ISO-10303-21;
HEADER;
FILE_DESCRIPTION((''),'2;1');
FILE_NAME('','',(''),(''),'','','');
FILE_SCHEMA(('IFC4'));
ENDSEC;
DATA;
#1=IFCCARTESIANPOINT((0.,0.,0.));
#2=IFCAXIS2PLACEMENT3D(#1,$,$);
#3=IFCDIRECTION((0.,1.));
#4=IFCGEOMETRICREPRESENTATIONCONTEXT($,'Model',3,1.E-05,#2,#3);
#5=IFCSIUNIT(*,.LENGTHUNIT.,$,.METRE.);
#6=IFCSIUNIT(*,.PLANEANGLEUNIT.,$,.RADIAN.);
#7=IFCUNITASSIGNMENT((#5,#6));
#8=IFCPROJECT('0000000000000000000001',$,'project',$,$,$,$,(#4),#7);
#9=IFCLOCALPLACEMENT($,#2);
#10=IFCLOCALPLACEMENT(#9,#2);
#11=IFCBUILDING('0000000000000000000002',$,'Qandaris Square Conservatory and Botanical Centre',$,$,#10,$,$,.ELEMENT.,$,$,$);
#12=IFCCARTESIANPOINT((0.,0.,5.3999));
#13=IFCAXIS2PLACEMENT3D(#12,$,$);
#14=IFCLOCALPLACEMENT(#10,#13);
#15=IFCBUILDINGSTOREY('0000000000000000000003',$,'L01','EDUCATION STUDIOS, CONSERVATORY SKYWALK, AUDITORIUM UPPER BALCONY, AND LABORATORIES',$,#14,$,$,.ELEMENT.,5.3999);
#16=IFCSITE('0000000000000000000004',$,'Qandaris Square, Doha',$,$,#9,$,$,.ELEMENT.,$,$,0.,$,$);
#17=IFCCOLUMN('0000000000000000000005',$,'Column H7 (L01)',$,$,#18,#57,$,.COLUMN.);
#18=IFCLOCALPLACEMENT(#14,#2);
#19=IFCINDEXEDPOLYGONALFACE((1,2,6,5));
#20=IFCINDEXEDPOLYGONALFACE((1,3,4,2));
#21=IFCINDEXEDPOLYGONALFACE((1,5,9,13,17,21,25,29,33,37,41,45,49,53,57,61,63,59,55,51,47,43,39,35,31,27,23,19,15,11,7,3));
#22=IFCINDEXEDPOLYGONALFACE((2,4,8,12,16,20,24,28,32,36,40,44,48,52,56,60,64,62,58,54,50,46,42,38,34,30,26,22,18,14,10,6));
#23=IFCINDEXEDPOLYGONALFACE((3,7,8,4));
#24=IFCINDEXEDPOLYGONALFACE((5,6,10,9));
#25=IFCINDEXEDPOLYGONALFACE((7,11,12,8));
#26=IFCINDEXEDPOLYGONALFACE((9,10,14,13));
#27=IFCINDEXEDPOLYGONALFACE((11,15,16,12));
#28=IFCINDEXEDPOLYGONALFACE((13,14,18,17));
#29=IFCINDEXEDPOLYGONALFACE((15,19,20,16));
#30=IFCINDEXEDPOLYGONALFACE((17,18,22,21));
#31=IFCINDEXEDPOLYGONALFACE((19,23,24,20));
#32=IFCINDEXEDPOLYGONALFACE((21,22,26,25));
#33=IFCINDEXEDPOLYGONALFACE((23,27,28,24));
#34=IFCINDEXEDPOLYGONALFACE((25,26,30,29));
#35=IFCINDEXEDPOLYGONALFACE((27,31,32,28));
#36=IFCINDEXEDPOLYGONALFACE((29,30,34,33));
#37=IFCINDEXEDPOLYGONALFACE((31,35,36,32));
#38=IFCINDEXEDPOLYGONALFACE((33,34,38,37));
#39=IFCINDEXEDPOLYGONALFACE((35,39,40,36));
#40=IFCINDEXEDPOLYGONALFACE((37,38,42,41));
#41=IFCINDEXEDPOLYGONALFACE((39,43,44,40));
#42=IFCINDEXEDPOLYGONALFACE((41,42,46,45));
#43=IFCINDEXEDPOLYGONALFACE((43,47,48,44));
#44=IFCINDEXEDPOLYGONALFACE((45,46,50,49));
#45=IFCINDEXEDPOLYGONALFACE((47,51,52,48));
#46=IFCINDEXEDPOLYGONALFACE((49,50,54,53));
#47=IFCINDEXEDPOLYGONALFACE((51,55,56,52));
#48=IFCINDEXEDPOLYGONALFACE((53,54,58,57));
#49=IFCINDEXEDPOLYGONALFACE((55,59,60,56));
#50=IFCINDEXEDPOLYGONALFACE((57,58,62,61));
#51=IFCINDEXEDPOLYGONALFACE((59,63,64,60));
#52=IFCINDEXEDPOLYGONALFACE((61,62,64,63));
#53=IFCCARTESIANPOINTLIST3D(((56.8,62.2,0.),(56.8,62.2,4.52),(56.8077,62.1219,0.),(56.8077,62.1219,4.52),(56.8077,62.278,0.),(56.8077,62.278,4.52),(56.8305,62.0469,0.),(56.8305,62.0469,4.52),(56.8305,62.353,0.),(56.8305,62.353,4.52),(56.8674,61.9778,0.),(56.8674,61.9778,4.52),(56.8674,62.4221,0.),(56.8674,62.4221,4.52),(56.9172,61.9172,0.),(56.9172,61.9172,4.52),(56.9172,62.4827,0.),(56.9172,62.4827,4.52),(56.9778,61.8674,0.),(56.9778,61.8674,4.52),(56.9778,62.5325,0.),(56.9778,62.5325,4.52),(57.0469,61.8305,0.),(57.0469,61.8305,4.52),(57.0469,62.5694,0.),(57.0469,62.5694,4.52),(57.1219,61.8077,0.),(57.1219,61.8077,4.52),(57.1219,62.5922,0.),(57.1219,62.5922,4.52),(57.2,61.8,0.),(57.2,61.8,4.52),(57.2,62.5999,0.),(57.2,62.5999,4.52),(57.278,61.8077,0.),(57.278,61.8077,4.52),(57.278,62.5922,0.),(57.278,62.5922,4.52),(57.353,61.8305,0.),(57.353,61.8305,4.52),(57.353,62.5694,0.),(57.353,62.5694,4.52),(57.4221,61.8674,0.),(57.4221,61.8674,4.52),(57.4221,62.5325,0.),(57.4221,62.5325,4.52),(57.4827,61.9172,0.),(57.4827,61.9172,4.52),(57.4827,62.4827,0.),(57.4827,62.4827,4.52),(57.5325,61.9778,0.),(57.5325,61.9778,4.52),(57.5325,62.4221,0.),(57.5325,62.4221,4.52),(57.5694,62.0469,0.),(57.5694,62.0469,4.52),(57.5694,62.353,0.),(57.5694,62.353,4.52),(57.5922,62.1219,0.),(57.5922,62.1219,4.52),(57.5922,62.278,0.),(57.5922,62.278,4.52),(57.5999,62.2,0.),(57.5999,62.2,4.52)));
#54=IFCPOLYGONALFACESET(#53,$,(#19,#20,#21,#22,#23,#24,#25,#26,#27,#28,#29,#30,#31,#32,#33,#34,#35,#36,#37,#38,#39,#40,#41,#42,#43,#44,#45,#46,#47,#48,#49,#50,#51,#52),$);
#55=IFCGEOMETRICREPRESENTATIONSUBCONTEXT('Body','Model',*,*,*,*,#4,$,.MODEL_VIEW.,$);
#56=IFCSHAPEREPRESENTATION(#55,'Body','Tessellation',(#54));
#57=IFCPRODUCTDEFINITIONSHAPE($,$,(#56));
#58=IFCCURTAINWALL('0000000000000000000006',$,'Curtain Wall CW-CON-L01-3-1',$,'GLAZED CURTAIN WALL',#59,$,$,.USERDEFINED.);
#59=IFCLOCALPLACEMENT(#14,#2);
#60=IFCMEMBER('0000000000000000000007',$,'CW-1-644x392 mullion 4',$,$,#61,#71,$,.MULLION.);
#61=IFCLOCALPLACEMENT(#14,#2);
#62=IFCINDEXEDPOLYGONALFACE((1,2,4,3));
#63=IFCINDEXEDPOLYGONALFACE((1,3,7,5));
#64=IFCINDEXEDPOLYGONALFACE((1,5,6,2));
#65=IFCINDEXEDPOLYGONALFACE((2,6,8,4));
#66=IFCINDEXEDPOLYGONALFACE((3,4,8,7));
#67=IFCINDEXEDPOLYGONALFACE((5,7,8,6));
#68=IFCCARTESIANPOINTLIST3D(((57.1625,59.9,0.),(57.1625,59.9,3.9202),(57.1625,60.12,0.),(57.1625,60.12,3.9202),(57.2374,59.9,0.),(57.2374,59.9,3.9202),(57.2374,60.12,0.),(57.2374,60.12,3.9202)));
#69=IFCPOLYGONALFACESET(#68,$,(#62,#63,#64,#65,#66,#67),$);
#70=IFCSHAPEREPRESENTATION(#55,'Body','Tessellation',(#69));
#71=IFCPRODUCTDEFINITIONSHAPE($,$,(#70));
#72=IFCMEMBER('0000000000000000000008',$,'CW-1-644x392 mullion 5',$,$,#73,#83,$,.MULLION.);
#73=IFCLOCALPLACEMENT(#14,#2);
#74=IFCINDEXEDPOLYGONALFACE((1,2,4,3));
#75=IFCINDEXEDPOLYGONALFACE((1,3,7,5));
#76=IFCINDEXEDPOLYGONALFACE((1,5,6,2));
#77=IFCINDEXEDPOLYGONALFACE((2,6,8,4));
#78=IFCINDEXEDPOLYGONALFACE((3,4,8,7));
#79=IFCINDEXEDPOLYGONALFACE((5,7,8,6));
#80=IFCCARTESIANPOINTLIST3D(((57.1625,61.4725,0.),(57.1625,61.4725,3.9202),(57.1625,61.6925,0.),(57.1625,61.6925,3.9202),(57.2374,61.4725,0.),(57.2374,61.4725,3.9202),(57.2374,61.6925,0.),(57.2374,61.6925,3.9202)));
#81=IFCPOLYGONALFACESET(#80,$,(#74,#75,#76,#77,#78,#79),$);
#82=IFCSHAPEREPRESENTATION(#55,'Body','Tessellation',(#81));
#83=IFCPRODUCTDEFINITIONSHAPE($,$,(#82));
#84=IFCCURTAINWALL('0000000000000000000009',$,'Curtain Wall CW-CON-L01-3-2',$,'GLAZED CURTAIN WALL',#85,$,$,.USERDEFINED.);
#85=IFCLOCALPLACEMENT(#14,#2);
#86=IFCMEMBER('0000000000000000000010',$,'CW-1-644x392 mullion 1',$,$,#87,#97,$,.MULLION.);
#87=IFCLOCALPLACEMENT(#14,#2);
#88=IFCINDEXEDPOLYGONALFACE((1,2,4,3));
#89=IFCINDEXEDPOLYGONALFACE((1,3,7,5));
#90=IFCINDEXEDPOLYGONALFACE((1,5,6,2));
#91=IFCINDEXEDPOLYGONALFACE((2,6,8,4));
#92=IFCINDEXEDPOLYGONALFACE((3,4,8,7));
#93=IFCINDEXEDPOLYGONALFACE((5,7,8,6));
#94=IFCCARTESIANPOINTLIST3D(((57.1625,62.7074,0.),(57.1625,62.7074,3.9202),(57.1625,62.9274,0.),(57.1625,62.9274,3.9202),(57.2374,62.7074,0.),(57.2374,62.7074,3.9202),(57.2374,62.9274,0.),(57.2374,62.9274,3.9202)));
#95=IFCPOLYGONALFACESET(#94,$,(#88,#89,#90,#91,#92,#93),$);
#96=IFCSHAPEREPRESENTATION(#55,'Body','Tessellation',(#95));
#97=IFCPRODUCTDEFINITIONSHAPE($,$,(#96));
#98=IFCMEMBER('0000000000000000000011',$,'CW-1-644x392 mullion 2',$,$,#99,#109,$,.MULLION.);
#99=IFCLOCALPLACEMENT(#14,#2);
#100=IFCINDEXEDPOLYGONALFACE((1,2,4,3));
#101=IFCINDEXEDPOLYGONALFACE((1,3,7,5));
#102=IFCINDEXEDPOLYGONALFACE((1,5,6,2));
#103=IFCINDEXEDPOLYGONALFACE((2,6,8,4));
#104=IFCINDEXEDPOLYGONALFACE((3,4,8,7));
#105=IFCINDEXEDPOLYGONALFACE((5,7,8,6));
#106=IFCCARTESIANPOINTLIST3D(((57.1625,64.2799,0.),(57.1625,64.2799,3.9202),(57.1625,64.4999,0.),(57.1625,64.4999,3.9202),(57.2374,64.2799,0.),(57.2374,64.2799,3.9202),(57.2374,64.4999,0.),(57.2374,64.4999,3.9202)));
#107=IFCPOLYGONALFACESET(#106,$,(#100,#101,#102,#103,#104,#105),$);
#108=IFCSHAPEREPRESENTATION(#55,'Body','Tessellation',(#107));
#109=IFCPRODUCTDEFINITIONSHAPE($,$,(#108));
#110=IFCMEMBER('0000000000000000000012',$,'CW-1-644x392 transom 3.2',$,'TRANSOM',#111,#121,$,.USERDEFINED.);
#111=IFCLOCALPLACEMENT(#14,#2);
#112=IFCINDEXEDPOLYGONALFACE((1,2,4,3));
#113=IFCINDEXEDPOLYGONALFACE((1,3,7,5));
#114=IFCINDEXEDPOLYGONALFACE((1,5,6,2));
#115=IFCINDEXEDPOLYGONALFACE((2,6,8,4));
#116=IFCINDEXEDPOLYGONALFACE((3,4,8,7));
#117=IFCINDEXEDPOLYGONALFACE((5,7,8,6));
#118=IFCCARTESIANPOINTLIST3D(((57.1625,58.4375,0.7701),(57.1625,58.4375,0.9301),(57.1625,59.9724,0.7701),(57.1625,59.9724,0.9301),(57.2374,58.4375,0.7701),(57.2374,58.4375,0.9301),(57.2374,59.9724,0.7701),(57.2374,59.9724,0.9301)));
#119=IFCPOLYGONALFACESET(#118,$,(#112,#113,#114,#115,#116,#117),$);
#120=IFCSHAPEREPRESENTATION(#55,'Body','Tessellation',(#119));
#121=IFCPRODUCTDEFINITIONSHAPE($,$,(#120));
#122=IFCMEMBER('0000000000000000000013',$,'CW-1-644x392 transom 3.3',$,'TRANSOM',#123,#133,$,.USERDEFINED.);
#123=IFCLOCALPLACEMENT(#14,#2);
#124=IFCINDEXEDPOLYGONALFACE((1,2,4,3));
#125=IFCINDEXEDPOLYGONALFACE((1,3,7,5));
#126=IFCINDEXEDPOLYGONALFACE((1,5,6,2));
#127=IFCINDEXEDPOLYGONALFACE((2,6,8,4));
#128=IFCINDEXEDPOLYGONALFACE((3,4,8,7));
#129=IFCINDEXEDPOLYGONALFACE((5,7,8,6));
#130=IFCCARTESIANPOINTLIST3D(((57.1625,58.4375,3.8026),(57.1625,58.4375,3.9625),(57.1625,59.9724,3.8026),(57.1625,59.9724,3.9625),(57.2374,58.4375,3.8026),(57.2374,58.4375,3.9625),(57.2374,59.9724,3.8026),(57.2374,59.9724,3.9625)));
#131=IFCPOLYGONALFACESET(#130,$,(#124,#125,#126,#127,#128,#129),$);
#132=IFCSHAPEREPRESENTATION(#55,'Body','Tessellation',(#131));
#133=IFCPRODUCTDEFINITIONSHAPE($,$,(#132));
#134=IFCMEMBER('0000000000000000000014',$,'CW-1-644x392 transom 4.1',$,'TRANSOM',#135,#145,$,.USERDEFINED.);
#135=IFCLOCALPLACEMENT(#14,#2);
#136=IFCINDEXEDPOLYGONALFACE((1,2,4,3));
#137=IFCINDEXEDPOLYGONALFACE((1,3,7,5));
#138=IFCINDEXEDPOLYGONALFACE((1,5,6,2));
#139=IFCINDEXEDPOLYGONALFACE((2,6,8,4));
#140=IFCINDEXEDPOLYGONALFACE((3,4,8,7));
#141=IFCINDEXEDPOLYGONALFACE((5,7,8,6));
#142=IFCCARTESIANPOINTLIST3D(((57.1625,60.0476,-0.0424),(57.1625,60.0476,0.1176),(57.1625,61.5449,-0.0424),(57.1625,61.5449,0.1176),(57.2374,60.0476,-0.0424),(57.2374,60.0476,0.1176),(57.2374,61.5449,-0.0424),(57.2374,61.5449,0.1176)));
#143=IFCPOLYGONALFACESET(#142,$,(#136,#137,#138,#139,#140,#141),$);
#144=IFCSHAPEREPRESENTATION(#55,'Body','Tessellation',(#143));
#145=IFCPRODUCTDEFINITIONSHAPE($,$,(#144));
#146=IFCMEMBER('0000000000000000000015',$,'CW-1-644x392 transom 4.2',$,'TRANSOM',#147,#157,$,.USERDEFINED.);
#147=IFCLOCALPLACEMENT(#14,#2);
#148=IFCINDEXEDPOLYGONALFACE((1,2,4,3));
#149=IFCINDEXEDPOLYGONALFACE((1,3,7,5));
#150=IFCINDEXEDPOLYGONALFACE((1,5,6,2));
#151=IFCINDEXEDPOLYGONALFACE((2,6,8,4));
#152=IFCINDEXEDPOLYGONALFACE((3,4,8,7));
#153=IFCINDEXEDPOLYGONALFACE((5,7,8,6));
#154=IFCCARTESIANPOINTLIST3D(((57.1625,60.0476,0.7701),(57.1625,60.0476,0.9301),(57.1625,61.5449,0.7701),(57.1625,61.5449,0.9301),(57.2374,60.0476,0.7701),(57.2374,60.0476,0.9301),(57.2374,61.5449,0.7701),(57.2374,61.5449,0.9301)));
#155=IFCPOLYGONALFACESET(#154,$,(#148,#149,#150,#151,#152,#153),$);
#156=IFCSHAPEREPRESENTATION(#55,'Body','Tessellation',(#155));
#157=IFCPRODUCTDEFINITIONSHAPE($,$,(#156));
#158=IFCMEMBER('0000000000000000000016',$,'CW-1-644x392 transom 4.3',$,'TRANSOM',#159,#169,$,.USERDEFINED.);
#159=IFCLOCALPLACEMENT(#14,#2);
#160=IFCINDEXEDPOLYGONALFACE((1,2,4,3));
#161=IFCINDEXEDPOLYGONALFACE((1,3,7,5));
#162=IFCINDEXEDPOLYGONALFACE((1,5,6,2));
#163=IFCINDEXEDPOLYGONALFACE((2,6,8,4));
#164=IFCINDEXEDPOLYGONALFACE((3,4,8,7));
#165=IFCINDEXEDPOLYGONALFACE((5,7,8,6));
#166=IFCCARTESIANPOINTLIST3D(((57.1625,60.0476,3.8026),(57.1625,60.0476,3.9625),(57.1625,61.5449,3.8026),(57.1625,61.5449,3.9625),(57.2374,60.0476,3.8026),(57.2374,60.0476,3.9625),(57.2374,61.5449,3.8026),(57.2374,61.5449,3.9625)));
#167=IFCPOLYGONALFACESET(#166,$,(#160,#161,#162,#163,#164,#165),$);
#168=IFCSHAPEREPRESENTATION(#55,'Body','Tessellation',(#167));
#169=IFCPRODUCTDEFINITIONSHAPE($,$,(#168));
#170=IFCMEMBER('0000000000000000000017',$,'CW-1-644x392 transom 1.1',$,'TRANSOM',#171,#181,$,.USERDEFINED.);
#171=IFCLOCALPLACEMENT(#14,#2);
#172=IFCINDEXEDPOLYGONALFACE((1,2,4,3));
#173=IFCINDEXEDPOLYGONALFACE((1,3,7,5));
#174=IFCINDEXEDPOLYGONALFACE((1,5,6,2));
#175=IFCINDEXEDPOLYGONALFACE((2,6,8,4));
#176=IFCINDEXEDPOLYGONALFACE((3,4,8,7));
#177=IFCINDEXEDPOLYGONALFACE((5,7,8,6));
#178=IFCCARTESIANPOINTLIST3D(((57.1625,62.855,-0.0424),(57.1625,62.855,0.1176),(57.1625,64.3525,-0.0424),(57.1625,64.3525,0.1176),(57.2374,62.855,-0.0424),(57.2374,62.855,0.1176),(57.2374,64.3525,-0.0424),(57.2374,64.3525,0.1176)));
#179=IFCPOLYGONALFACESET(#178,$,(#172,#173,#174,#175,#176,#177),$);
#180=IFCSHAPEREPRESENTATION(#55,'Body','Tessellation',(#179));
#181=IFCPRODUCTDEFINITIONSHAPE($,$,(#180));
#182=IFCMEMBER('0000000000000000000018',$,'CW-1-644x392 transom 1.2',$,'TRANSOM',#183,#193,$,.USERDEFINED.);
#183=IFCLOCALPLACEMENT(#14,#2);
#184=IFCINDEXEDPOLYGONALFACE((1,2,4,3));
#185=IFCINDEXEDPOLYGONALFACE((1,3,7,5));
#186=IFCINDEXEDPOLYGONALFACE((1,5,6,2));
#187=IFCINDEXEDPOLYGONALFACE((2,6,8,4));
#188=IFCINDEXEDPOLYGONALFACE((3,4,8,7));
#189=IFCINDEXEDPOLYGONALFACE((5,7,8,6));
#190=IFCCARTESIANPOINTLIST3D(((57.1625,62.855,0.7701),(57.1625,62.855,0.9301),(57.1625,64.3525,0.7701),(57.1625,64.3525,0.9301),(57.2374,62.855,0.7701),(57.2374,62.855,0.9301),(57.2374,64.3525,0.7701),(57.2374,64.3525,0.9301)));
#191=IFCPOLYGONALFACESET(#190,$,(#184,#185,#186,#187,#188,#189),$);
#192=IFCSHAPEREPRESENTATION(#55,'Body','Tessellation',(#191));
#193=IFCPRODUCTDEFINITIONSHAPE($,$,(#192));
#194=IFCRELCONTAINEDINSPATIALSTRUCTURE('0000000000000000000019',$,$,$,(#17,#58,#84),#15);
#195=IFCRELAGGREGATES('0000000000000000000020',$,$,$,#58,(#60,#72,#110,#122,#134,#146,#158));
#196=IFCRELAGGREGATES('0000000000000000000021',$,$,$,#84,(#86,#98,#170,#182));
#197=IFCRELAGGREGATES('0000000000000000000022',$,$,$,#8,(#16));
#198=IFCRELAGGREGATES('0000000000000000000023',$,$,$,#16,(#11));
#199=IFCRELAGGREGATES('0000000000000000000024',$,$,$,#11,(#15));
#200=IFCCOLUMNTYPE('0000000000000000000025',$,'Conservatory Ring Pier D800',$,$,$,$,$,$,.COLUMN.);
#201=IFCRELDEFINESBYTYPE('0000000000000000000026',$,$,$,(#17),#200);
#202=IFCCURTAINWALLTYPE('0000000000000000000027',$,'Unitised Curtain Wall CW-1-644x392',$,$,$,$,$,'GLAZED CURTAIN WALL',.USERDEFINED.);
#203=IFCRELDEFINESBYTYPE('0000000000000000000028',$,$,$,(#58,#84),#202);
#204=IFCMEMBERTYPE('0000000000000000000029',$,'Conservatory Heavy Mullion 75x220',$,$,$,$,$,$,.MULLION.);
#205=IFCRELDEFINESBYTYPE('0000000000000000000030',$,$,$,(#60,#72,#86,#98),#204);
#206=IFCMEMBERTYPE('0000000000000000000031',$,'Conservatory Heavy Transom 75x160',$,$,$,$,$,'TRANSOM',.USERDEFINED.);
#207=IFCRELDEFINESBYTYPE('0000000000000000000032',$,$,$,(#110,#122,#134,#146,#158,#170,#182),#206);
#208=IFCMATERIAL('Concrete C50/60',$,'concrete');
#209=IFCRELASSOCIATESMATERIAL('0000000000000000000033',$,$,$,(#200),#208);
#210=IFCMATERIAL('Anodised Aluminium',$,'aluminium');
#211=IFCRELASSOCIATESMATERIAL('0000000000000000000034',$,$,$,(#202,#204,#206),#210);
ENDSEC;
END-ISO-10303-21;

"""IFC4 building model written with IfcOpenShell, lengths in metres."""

from ifc_helpers import new_model, si_unit, direction, frame, origin, origin_2d, place, context, subcontext, project, spatial, rectangle, circle, extrude, material, material_profile, profile_set, type_object, element, aggregate, save


model = new_model("IFC4")

# Units and contexts
model_context = context("Model", 3, precision=1e-05, world=origin(), true_north=direction((0.0, 1.0)))
body_context = subcontext(model_context, "Body", "Model", "MODEL_VIEW")
ifc_project = project(units=[si_unit("LENGTHUNIT", "METRE"), si_unit("PLANEANGLEUNIT", "RADIAN")], contexts=[model_context])

# Site, building, storey
site_placement = place(None, origin())
site = spatial("IfcSite", under=ifc_project, at=site_placement, Name="Qandaris Square, Doha", CompositionType="ELEMENT", RefElevation=0.0)
building_placement = place(site_placement, origin())
building = spatial("IfcBuilding", under=site, at=building_placement, Name="Qandaris Square Conservatory and Botanical Centre", CompositionType="ELEMENT")
storey_placement = place(building_placement, frame((0.0, 0.0, 5.3999)))
storey = spatial("IfcBuildingStorey", under=building, at=storey_placement, Name="L01", Description="EDUCATION STUDIOS, CONSERVATORY SKYWALK, AUDITORIUM UPPER BALCONY, AND LABORATORIES", CompositionType="ELEMENT", Elevation=5.3999)

# Column
ifc_material_1 = material(Name="Concrete C50/60", Category="concrete")
ifc_material_profile_1 = material_profile(ifc_material_1, circle(Radius=0.3999, at=origin_2d()), Name="RC-COL D800")
ifc_profile_set_1 = profile_set([ifc_material_profile_1], Name="Concrete C50/60")
column_type = type_object("IfcColumnType", Name="Conservatory Ring Pier D800", PredefinedType="COLUMN", material=ifc_profile_set_1)
column_placement = place(storey_placement, frame((57.2, 62.2, 0.0), z_axis=(0.0, 0.0, 1.0), x_axis=(1.0, 0.0, 0.0)))
element("IfcColumn", 1, at=column_placement, inside=storey, type_object=column_type, Name="Column H7 (L01)", PredefinedType="COLUMN", context=body_context, shape_type="SweptSolid", body=[
    extrude(circle(Radius=0.3999, at=origin_2d()), origin(), (0.0, 0.0, 1.0), 4.52),
])

# Curtain walls, members
ifc_material_2 = material(Name="Anodised Aluminium", Category="aluminium")
curtain_wall_type = type_object("IfcCurtainWallType", Name="Unitised Curtain Wall CW-1-644x392", ElementType="GLAZED CURTAIN WALL", PredefinedType="USERDEFINED", material=ifc_material_2)
curtain_wall_1_placement = place(storey_placement, origin())
curtain_wall_1 = element("IfcCurtainWall", 2, at=curtain_wall_1_placement, inside=storey, type_object=curtain_wall_type, Name="Curtain Wall CW-CON-L01-3-1", ObjectType="GLAZED CURTAIN WALL", PredefinedType="USERDEFINED")
ifc_material_profile_2 = material_profile(ifc_material_2, rectangle(XDim=0.075, YDim=0.22, at=origin_2d()), Name="ALU-MUL 75x220")
ifc_profile_set_2 = profile_set([ifc_material_profile_2], Name="Anodised Aluminium")
member_type_1 = type_object("IfcMemberType", Name="Conservatory Heavy Mullion 75x220", PredefinedType="MULLION", material=ifc_profile_set_2)
member_1_placement = place(storey_placement, frame((57.2, 60.01, 0.0), z_axis=(0.0, 0.0, 1.0), x_axis=(-1.0, 0.0, 0.0)))
member_1 = element("IfcMember", 3, at=member_1_placement, type_object=member_type_1, Name="CW-1-644x392 mullion 4", PredefinedType="MULLION", context=body_context, shape_type="SweptSolid", body=[
    extrude(rectangle(XDim=0.075, YDim=0.22, at=origin_2d()), origin(), (0.0, 0.0, 1.0), 3.9202),
])
member_2_placement = place(storey_placement, frame((57.2, 61.5825, 0.0), z_axis=(0.0, 0.0, 1.0), x_axis=(-1.0, 0.0, 0.0)))
member_2 = element("IfcMember", 4, at=member_2_placement, type_object=member_type_1, Name="CW-1-644x392 mullion 5", PredefinedType="MULLION", context=body_context, shape_type="SweptSolid", body=[
    extrude(rectangle(XDim=0.075, YDim=0.22, at=origin_2d()), origin(), (0.0, 0.0, 1.0), 3.9202),
])
curtain_wall_2_placement = place(storey_placement, origin())
curtain_wall_2 = element("IfcCurtainWall", 5, at=curtain_wall_2_placement, inside=storey, type_object=curtain_wall_type, Name="Curtain Wall CW-CON-L01-3-2", ObjectType="GLAZED CURTAIN WALL", PredefinedType="USERDEFINED")
member_3_placement = place(storey_placement, frame((57.2, 62.8174, 0.0), z_axis=(0.0, 0.0, 1.0), x_axis=(-1.0, 0.0, 0.0)))
member_3 = element("IfcMember", 6, at=member_3_placement, type_object=member_type_1, Name="CW-1-644x392 mullion 1", PredefinedType="MULLION", context=body_context, shape_type="SweptSolid", body=[
    extrude(rectangle(XDim=0.075, YDim=0.22, at=origin_2d()), origin(), (0.0, 0.0, 1.0), 3.9202),
])
member_4_placement = place(storey_placement, frame((57.2, 64.3899, 0.0), z_axis=(0.0, 0.0, 1.0), x_axis=(-1.0, 0.0, 0.0)))
member_4 = element("IfcMember", 7, at=member_4_placement, type_object=member_type_1, Name="CW-1-644x392 mullion 2", PredefinedType="MULLION", context=body_context, shape_type="SweptSolid", body=[
    extrude(rectangle(XDim=0.075, YDim=0.22, at=origin_2d()), origin(), (0.0, 0.0, 1.0), 3.9202),
])

# Members
ifc_material_profile_3 = material_profile(ifc_material_2, rectangle(XDim=0.075, YDim=0.1599, at=origin_2d()), Name="ALU-TRN 75x160")
ifc_profile_set_3 = profile_set([ifc_material_profile_3], Name="Anodised Aluminium")
member_type_2 = type_object("IfcMemberType", Name="Conservatory Heavy Transom 75x160", ElementType="TRANSOM", PredefinedType="USERDEFINED", material=ifc_profile_set_3)
member_5_placement = place(storey_placement, frame((57.2, 58.4375, 0.8501), z_axis=(0.0, 1.0, 0.0), x_axis=(-1.0, 0.0, 0.0)))
member_5 = element("IfcMember", 8, at=member_5_placement, type_object=member_type_2, Name="CW-1-644x392 transom 3.2", ObjectType="TRANSOM", PredefinedType="USERDEFINED", context=body_context, shape_type="SweptSolid", body=[
    extrude(rectangle(XDim=0.075, YDim=0.1599, at=origin_2d()), origin(), (0.0, 0.0, 1.0), 1.5349),
])
member_6_placement = place(storey_placement, frame((57.2, 58.4375, 3.8826), z_axis=(0.0, 1.0, 0.0), x_axis=(-1.0, 0.0, 0.0)))
member_6 = element("IfcMember", 9, at=member_6_placement, type_object=member_type_2, Name="CW-1-644x392 transom 3.3", ObjectType="TRANSOM", PredefinedType="USERDEFINED", context=body_context, shape_type="SweptSolid", body=[
    extrude(rectangle(XDim=0.075, YDim=0.1599, at=origin_2d()), origin(), (0.0, 0.0, 1.0), 1.5349),
])
member_7_placement = place(storey_placement, frame((57.2, 60.0476, 0.0376), z_axis=(0.0, 1.0, 0.0), x_axis=(-1.0, 0.0, 0.0)))
member_7 = element("IfcMember", 10, at=member_7_placement, type_object=member_type_2, Name="CW-1-644x392 transom 4.1", ObjectType="TRANSOM", PredefinedType="USERDEFINED", context=body_context, shape_type="SweptSolid", body=[
    extrude(rectangle(XDim=0.075, YDim=0.1599, at=origin_2d()), origin(), (0.0, 0.0, 1.0), 1.4973),
])
member_8_placement = place(storey_placement, frame((57.2, 60.0476, 0.8501), z_axis=(0.0, 1.0, 0.0), x_axis=(-1.0, 0.0, 0.0)))
member_8 = element("IfcMember", 11, at=member_8_placement, type_object=member_type_2, Name="CW-1-644x392 transom 4.2", ObjectType="TRANSOM", PredefinedType="USERDEFINED", context=body_context, shape_type="SweptSolid", body=[
    extrude(rectangle(XDim=0.075, YDim=0.1599, at=origin_2d()), origin(), (0.0, 0.0, 1.0), 1.4973),
])
member_9_placement = place(storey_placement, frame((57.2, 60.0476, 3.8826), z_axis=(0.0, 1.0, 0.0), x_axis=(-1.0, 0.0, 0.0)))
member_9 = element("IfcMember", 12, at=member_9_placement, type_object=member_type_2, Name="CW-1-644x392 transom 4.3", ObjectType="TRANSOM", PredefinedType="USERDEFINED", context=body_context, shape_type="SweptSolid", body=[
    extrude(rectangle(XDim=0.075, YDim=0.1599, at=origin_2d()), origin(), (0.0, 0.0, 1.0), 1.4973),
])
member_10_placement = place(storey_placement, frame((57.2, 62.855, 0.0376), z_axis=(0.0, 1.0, 0.0), x_axis=(-1.0, 0.0, 0.0)))
member_10 = element("IfcMember", 13, at=member_10_placement, type_object=member_type_2, Name="CW-1-644x392 transom 1.1", ObjectType="TRANSOM", PredefinedType="USERDEFINED", context=body_context, shape_type="SweptSolid", body=[
    extrude(rectangle(XDim=0.075, YDim=0.1599, at=origin_2d()), origin(), (0.0, 0.0, 1.0), 1.4976),
])
member_11_placement = place(storey_placement, frame((57.2, 62.855, 0.8501), z_axis=(0.0, 1.0, 0.0), x_axis=(-1.0, 0.0, 0.0)))
member_11 = element("IfcMember", 14, at=member_11_placement, type_object=member_type_2, Name="CW-1-644x392 transom 1.2", ObjectType="TRANSOM", PredefinedType="USERDEFINED", context=body_context, shape_type="SweptSolid", body=[
    extrude(rectangle(XDim=0.075, YDim=0.1599, at=origin_2d()), origin(), (0.0, 0.0, 1.0), 1.4976),
])

aggregate(curtain_wall_1, [member_1, member_2, member_5, member_6, member_7, member_8, member_9])
aggregate(curtain_wall_2, [member_3, member_4, member_10, member_11])

save(model, "model.ifc")
